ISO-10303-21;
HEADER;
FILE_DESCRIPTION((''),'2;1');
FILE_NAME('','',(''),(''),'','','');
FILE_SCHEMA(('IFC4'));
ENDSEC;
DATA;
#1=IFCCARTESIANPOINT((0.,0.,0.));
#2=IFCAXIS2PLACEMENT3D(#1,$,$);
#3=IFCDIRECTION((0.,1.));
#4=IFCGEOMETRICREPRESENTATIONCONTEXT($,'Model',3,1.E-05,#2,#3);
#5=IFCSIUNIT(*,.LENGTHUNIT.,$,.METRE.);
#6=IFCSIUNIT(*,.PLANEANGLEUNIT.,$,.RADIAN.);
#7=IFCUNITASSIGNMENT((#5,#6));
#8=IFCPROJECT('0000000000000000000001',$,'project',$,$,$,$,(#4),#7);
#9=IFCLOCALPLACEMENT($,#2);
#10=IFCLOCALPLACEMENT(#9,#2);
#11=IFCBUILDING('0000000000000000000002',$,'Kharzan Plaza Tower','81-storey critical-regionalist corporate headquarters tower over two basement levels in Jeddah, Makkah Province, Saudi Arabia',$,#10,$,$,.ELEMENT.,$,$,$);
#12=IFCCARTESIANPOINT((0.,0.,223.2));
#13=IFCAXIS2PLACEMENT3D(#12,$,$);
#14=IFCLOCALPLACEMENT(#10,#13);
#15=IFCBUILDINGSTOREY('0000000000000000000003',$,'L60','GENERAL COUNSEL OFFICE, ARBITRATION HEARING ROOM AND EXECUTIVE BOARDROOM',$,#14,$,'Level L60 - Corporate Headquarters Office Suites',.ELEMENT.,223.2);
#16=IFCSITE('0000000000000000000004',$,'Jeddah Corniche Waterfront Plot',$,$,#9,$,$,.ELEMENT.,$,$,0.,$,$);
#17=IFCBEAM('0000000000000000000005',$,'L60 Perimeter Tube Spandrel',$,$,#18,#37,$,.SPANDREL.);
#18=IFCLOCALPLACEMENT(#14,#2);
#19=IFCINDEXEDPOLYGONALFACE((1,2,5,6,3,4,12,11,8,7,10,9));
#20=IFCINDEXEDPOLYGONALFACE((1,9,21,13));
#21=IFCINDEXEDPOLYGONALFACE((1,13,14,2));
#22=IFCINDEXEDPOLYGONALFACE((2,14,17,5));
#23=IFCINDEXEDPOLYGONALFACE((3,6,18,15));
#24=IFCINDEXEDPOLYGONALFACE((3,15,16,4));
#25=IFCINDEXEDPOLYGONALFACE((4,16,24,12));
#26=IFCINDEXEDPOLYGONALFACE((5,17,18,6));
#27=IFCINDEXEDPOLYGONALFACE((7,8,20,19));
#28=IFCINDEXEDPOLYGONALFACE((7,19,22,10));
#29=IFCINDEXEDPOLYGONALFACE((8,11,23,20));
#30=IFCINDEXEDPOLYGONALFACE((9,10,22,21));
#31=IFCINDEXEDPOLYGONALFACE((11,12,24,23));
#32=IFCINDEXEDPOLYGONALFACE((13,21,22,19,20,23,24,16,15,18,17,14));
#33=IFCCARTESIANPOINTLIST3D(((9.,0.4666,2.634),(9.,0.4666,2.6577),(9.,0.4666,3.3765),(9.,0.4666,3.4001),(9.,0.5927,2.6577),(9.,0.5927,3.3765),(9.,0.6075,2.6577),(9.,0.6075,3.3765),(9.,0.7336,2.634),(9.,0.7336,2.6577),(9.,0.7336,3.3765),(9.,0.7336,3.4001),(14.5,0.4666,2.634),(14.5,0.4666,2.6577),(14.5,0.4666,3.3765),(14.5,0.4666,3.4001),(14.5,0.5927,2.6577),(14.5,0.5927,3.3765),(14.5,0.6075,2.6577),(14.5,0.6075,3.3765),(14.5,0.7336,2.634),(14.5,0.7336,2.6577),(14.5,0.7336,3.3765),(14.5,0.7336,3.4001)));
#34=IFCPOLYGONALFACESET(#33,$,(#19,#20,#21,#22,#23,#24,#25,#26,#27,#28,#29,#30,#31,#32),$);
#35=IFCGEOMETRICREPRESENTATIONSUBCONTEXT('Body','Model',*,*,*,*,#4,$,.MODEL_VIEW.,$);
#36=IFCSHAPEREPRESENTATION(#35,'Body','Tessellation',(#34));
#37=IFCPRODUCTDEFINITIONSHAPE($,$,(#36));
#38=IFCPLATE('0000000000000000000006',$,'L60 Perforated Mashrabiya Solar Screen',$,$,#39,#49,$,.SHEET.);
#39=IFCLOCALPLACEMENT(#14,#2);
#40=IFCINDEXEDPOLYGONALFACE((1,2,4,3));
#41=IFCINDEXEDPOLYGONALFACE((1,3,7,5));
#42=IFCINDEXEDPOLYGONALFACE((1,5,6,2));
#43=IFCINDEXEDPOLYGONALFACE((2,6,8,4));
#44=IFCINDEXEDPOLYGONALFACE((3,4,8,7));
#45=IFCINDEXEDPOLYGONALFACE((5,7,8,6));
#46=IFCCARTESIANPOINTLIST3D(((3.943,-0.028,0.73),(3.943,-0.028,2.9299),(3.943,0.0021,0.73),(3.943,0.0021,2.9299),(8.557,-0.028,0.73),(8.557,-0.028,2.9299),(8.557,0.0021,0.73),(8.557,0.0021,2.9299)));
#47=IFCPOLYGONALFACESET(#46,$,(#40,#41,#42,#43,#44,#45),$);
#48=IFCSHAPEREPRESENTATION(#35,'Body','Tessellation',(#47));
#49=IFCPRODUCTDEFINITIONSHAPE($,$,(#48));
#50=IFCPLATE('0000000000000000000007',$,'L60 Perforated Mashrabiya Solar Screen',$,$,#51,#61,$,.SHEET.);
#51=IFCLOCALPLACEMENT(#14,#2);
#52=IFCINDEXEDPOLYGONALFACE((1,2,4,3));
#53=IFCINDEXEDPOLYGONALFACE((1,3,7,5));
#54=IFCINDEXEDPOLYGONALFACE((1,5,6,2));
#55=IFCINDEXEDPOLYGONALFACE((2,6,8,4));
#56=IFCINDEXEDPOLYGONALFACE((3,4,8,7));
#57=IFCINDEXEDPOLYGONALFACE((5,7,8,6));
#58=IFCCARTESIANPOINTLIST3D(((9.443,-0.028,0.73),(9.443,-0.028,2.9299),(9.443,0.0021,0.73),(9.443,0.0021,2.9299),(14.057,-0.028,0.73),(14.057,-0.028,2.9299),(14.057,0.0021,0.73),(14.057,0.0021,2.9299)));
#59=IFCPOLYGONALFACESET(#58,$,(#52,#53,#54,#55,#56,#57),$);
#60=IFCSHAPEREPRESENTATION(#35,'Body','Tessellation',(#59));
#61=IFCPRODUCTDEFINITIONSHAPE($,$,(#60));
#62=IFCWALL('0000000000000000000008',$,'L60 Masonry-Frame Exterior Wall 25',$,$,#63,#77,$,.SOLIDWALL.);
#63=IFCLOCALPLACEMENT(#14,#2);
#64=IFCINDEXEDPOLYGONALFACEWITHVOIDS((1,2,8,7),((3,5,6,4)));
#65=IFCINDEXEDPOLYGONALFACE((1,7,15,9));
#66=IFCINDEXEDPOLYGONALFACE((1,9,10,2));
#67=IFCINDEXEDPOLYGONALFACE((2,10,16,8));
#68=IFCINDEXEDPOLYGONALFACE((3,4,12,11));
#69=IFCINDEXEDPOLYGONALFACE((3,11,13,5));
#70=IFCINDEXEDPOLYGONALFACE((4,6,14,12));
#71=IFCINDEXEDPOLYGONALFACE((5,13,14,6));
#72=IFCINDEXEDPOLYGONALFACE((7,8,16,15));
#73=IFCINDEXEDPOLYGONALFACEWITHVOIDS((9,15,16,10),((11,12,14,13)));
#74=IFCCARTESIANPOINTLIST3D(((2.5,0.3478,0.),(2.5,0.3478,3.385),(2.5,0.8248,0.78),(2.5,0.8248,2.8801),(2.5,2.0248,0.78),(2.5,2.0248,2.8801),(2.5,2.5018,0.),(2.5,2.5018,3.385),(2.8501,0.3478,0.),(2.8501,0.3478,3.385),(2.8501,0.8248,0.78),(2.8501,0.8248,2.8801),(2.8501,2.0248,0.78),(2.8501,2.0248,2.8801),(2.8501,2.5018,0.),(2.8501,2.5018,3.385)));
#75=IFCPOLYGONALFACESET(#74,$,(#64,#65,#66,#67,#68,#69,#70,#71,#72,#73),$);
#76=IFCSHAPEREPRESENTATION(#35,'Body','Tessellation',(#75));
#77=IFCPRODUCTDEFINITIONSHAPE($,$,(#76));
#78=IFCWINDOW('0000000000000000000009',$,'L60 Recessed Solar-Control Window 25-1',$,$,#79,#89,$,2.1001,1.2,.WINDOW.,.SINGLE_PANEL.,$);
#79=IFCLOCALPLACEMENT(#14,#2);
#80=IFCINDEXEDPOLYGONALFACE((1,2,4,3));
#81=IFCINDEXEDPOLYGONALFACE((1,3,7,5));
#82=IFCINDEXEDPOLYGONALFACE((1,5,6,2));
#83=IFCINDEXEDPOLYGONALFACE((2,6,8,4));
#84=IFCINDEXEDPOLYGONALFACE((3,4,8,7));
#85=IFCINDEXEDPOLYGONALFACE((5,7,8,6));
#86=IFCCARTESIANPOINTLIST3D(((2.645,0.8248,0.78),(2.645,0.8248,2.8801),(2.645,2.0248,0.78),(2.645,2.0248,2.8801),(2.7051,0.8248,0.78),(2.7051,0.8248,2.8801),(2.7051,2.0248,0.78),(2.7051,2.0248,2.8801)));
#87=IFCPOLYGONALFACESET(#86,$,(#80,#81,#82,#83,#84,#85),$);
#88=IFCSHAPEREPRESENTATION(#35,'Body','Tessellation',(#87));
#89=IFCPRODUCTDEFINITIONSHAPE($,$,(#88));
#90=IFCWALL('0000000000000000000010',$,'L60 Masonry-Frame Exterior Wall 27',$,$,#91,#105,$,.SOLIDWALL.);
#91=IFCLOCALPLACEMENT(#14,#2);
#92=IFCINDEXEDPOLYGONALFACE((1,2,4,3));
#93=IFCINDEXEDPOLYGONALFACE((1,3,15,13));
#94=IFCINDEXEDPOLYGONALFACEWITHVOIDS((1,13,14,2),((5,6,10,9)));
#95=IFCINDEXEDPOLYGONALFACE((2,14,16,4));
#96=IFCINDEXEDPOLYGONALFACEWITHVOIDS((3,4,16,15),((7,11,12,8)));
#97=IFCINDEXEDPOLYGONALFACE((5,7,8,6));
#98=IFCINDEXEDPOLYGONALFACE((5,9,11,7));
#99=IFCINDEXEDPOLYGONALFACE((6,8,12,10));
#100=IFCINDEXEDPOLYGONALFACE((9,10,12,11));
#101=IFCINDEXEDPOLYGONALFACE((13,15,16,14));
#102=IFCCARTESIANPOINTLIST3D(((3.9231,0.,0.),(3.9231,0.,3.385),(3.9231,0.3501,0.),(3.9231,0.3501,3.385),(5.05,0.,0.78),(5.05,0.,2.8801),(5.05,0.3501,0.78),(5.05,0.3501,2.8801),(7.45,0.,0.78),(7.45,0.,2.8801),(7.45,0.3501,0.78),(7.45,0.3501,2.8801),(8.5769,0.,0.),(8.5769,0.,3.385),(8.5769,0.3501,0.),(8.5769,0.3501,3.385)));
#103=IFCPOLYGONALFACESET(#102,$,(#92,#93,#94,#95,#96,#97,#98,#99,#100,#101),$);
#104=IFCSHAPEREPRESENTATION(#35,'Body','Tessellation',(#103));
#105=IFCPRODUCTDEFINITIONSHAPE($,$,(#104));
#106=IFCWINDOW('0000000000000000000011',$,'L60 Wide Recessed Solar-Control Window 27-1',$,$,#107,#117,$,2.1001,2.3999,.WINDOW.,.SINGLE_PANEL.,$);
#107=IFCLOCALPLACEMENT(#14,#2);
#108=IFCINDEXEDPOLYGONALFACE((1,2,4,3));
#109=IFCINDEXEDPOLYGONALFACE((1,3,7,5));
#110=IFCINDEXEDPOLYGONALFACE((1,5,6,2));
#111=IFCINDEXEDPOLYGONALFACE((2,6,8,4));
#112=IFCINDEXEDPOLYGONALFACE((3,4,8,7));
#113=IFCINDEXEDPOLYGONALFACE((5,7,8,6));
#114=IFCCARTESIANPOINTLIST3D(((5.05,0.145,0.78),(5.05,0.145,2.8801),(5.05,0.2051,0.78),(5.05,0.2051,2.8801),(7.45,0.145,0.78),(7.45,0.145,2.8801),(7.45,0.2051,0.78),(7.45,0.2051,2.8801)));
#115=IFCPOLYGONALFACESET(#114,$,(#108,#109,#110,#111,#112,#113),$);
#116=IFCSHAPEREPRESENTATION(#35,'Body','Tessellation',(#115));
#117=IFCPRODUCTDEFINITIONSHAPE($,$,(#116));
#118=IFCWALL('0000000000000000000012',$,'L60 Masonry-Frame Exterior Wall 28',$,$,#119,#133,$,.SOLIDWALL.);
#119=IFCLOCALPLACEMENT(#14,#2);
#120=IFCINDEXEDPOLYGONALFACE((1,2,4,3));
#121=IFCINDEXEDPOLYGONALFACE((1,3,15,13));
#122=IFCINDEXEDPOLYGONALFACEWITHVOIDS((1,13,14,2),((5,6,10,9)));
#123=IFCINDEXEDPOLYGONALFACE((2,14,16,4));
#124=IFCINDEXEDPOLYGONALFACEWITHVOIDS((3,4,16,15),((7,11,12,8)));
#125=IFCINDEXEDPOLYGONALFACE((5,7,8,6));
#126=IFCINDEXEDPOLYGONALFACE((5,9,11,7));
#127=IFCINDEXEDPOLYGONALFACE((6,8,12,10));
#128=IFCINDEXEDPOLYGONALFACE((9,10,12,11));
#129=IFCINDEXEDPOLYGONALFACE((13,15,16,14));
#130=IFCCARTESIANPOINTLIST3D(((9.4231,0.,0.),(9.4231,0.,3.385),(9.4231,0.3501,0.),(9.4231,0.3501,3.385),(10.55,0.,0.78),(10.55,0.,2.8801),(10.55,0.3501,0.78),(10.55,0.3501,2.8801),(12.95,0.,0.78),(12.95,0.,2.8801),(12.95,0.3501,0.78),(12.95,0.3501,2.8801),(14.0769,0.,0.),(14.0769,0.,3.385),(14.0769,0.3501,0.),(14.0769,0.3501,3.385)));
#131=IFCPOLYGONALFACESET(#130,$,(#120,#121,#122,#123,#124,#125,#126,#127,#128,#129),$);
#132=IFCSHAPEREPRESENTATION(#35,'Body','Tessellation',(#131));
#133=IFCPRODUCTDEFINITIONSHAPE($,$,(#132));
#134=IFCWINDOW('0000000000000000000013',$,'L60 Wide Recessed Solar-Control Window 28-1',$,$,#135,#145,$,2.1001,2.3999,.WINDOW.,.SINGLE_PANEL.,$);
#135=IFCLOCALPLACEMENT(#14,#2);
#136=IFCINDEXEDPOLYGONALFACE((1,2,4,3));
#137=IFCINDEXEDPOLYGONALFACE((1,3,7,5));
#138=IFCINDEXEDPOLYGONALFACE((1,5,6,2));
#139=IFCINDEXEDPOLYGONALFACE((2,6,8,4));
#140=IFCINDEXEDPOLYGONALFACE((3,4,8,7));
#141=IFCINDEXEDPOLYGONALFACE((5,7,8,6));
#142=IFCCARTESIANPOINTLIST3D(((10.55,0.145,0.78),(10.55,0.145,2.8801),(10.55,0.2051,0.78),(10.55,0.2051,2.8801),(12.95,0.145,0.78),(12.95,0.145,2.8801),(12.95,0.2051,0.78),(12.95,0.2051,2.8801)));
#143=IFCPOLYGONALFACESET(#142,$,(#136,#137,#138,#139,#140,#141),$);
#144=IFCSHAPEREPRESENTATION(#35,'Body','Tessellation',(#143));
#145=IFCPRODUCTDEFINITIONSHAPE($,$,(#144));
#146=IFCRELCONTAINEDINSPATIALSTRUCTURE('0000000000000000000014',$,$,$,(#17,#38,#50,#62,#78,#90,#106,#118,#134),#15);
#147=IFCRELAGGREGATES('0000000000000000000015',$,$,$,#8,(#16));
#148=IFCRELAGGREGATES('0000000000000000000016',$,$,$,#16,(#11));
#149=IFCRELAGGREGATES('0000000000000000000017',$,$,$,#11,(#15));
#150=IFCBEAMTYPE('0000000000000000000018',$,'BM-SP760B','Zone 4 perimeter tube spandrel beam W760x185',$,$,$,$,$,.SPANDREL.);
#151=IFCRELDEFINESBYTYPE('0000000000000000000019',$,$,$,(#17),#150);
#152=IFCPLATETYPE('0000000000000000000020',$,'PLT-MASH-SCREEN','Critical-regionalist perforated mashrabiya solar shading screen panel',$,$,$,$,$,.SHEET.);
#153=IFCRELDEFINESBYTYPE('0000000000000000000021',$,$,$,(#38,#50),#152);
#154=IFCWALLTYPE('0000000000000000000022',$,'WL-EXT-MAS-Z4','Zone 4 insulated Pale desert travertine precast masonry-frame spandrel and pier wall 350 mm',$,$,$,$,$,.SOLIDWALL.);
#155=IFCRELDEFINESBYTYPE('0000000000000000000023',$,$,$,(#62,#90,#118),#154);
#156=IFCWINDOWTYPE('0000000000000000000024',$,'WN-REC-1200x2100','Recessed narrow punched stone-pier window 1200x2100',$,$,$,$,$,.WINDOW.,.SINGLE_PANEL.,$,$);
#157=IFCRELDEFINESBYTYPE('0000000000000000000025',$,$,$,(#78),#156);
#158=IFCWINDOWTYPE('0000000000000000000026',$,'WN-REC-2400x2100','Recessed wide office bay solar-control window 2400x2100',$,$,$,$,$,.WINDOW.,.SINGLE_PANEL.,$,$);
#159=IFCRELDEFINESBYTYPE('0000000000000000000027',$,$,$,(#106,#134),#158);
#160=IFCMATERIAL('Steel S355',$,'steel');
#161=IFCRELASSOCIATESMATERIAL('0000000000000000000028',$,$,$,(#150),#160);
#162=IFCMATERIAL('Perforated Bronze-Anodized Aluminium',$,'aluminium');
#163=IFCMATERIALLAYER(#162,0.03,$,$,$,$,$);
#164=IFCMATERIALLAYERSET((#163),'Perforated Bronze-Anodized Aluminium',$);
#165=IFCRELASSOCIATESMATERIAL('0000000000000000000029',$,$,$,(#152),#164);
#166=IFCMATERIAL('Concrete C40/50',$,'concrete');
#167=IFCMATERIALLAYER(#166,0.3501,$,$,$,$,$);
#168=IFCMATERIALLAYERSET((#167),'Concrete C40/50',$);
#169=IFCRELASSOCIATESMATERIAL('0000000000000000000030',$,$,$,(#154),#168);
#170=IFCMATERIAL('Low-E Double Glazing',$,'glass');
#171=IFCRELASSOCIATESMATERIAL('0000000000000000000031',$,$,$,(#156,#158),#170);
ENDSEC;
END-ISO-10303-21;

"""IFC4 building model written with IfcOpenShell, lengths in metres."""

from ifc_helpers import new_model, si_unit, direction, frame, frame_2d, origin, origin_2d, place, context, subcontext, project, spatial, rectangle, i_section, extrude, source, transform, mapped, material, layer, layer_set, material_profile, profile_set, type_object, element, fill, save


model = new_model("IFC4")

# Units and contexts
model_context = context("Model", 3, precision=1e-05, world=origin(), true_north=direction((0.0, 1.0)))
body_context = subcontext(model_context, "Body", "Model", "MODEL_VIEW")
ifc_project = project(units=[si_unit("LENGTHUNIT", "METRE"), si_unit("PLANEANGLEUNIT", "RADIAN")], contexts=[model_context])

# Site, building, storey
site_placement = place(None, origin())
site = spatial("IfcSite", under=ifc_project, at=site_placement, Name="Jeddah Corniche Waterfront Plot", CompositionType="ELEMENT", RefElevation=0.0)
building_placement = place(site_placement, origin())
building = spatial("IfcBuilding", under=site, at=building_placement, Name="Kharzan Plaza Tower", Description="81-storey critical-regionalist corporate headquarters tower over two basement levels in Jeddah, Makkah Province, Saudi Arabia", CompositionType="ELEMENT")
storey_placement = place(building_placement, frame((0.0, 0.0, 223.2)))
storey = spatial("IfcBuildingStorey", under=building, at=storey_placement, Name="L60", Description="GENERAL COUNSEL OFFICE, ARBITRATION HEARING ROOM AND EXECUTIVE BOARDROOM", LongName="Level L60 - Corporate Headquarters Office Suites", CompositionType="ELEMENT", Elevation=223.2)

# Beam
ifc_material_1 = material(Name="Steel S355", Category="steel")
ifc_material_profile_1 = material_profile(ifc_material_1, i_section(OverallWidth=0.2671, OverallDepth=0.7661, WebThickness=0.0149, FlangeThickness=0.0237, at=origin_2d()), Name="W760x185")
ifc_profile_set_1 = profile_set([ifc_material_profile_1], Name="Steel S355")
beam_type_1 = type_object("IfcBeamType", Name="BM-SP760B", Description="Zone 4 perimeter tube spandrel beam W760x185", PredefinedType="SPANDREL", material=ifc_profile_set_1)
shared_shape_1 = source(origin(), body_context, "Body", "SweptSolid", [
    extrude(i_section(OverallWidth=0.2671, OverallDepth=0.7661, WebThickness=0.0149, FlangeThickness=0.0237, at=origin_2d()), origin(), (0.0, 0.0, 1.0), 5.5),
])
for number, where, z_axis, x_axis, name in (
    (1, (9.0, 0.6001, 3.0171), (1.0, 0.0, 0.0), (0.0, 1.0, 0.0), "L60 Perimeter Tube Spandrel"),
):
    element("IfcBeam", number, at=place(storey_placement, frame(where, z_axis=z_axis, x_axis=x_axis)), inside=storey, type_object=beam_type_1, Name=name, PredefinedType="SPANDREL", context=body_context, shape_type="MappedRepresentation", body=[
        mapped(shared_shape_1, transform((0.0, 0.0, 0.0), x_axis=(1.0, 0.0, 0.0), y_axis=(0.0, 1.0, 0.0), z_axis=(0.0, 0.0, 1.0))),
    ])

# Plates
ifc_material_2 = material(Name="Perforated Bronze-Anodized Aluminium", Category="aluminium")
ifc_layer_1 = layer(ifc_material_2, 0.03)
ifc_layer_set_1 = layer_set([ifc_layer_1], Name="Perforated Bronze-Anodized Aluminium")
plate_type = type_object("IfcPlateType", Name="PLT-MASH-SCREEN", Description="Critical-regionalist perforated mashrabiya solar shading screen panel", PredefinedType="SHEET", material=ifc_layer_set_1)
shared_shape_2 = source(origin(), body_context, "Body", "SweptSolid", [
    extrude(rectangle(XDim=4.614, YDim=0.03, at=origin_2d()), origin(), (0.0, 0.0, 1.0), 2.2),
])
for number, where, z_axis, x_axis, name in (
    (2, (6.25, -0.0129, 0.73), (0.0, 0.0, 1.0), (1.0, 0.0, 0.0), "L60 Perforated Mashrabiya Solar Screen"),
    (3, (11.75, -0.0129, 0.73), (0.0, 0.0, 1.0), (1.0, 0.0, 0.0), "L60 Perforated Mashrabiya Solar Screen"),
):
    element("IfcPlate", number, at=place(storey_placement, frame(where, z_axis=z_axis, x_axis=x_axis)), inside=storey, type_object=plate_type, Name=name, PredefinedType="SHEET", context=body_context, shape_type="MappedRepresentation", body=[
        mapped(shared_shape_2, transform((0.0, 0.0, 0.0), x_axis=(1.0, 0.0, 0.0), y_axis=(0.0, 1.0, 0.0), z_axis=(0.0, 0.0, 1.0))),
    ])

# Walls, openings, windows
ifc_material_3 = material(Name="Concrete C40/50", Category="concrete")
ifc_layer_2 = layer(ifc_material_3, 0.3501)
ifc_layer_set_2 = layer_set([ifc_layer_2], Name="Concrete C40/50")
wall_type_1 = type_object("IfcWallType", Name="WL-EXT-MAS-Z4", Description="Zone 4 insulated Pale desert travertine precast masonry-frame spandrel and pier wall 350 mm", PredefinedType="SOLIDWALL", material=ifc_layer_set_2)
wall_1_placement = place(storey_placement, frame((2.675, 2.502, 0.0), z_axis=(0.0, 0.0, 1.0), x_axis=(0.0, -1.0, 0.0)))
wall_1 = element("IfcWall", 4, at=wall_1_placement, inside=storey, type_object=wall_type_1, Name="L60 Masonry-Frame Exterior Wall 25", PredefinedType="SOLIDWALL", context=body_context, shape_type="SweptSolid", body=[
    extrude(rectangle(XDim=2.1541, YDim=0.3501, at=frame_2d((1.0771, 0.0))), origin(), (0.0, 0.0, 1.0), 3.385),
])
opening_1_placement = place(wall_1_placement, frame((0.4771, 0.0, 0.78)))
opening_1 = element("IfcOpeningElement", 5, at=opening_1_placement, cuts=wall_1, PredefinedType="OPENING", context=body_context, shape_type="SweptSolid", body=[
    extrude(rectangle(XDim=1.2, YDim=2.1001, at=frame_2d((0.6001, 1.05))), frame((0.0, 0.1851, 0.0), z_axis=(0.0, -1.0, 0.0), x_axis=(1.0, 0.0, 0.0)), (0.0, 0.0, 1.0), 0.3701),
])
ifc_material_4 = material(Name="Low-E Double Glazing", Category="glass")
window_type_1 = type_object("IfcWindowType", Name="WN-REC-1200x2100", Description="Recessed narrow punched stone-pier window 1200x2100", PartitioningType="SINGLE_PANEL", PredefinedType="WINDOW", material=ifc_material_4)
shared_shape_3 = source(origin(), body_context, "Body", "SweptSolid", [
    extrude(rectangle(XDim=1.2, YDim=2.1001, at=frame_2d((0.6001, 1.05))), frame((0.0, 0.03, 0.0), z_axis=(0.0, -1.0, 0.0), x_axis=(1.0, 0.0, 0.0)), (0.0, 0.0, 1.0), 0.0601),
])
window_1_placement = place(opening_1_placement, origin())
window_1 = element("IfcWindow", 6, at=window_1_placement, inside=storey, type_object=window_type_1, Name="L60 Recessed Solar-Control Window 25-1", OverallHeight=2.1001, OverallWidth=1.2, PartitioningType="SINGLE_PANEL", PredefinedType="WINDOW", context=body_context, shape_type="MappedRepresentation", body=[
    mapped(shared_shape_3, transform((0.0, 0.0, 0.0), x_axis=(1.0, 0.0, 0.0), y_axis=(0.0, 1.0, 0.0), z_axis=(0.0, 0.0, 1.0))),
])
fill(opening_1, window_1)
wall_2_placement = place(storey_placement, frame((3.9231, 0.175, 0.0), z_axis=(0.0, 0.0, 1.0), x_axis=(1.0, 0.0, 0.0)))
wall_2 = element("IfcWall", 7, at=wall_2_placement, inside=storey, type_object=wall_type_1, Name="L60 Masonry-Frame Exterior Wall 27", PredefinedType="SOLIDWALL", context=body_context, shape_type="SweptSolid", body=[
    extrude(rectangle(XDim=4.6538, YDim=0.3501, at=frame_2d((2.3269, 0.0))), origin(), (0.0, 0.0, 1.0), 3.385),
])
opening_2_placement = place(wall_2_placement, frame((1.127, 0.0, 0.78)))
opening_2 = element("IfcOpeningElement", 8, at=opening_2_placement, cuts=wall_2, PredefinedType="OPENING", context=body_context, shape_type="SweptSolid", body=[
    extrude(rectangle(XDim=2.3999, YDim=2.1001, at=frame_2d((1.2, 1.05))), frame((0.0, 0.1851, 0.0), z_axis=(0.0, -1.0, 0.0), x_axis=(1.0, 0.0, 0.0)), (0.0, 0.0, 1.0), 0.3701),
])
window_type_2 = type_object("IfcWindowType", Name="WN-REC-2400x2100", Description="Recessed wide office bay solar-control window 2400x2100", PartitioningType="SINGLE_PANEL", PredefinedType="WINDOW", material=ifc_material_4)
shared_shape_4 = source(origin(), body_context, "Body", "SweptSolid", [
    extrude(rectangle(XDim=2.3999, YDim=2.1001, at=frame_2d((1.2, 1.05))), frame((0.0, 0.03, 0.0), z_axis=(0.0, -1.0, 0.0), x_axis=(1.0, 0.0, 0.0)), (0.0, 0.0, 1.0), 0.0601),
])
window_2_placement = place(opening_2_placement, origin())
window_2 = element("IfcWindow", 9, at=window_2_placement, inside=storey, type_object=window_type_2, Name="L60 Wide Recessed Solar-Control Window 27-1", OverallHeight=2.1001, OverallWidth=2.3999, PartitioningType="SINGLE_PANEL", PredefinedType="WINDOW", context=body_context, shape_type="MappedRepresentation", body=[
    mapped(shared_shape_4, transform((0.0, 0.0, 0.0), x_axis=(1.0, 0.0, 0.0), y_axis=(0.0, 1.0, 0.0), z_axis=(0.0, 0.0, 1.0))),
])
fill(opening_2, window_2)
wall_3_placement = place(storey_placement, frame((9.4231, 0.175, 0.0), z_axis=(0.0, 0.0, 1.0), x_axis=(1.0, 0.0, 0.0)))
wall_3 = element("IfcWall", 10, at=wall_3_placement, inside=storey, type_object=wall_type_1, Name="L60 Masonry-Frame Exterior Wall 28", PredefinedType="SOLIDWALL", context=body_context, shape_type="SweptSolid", body=[
    extrude(rectangle(XDim=4.6538, YDim=0.3501, at=frame_2d((2.3269, 0.0))), origin(), (0.0, 0.0, 1.0), 3.385),
])
opening_3_placement = place(wall_3_placement, frame((1.127, 0.0, 0.78)))
opening_3 = element("IfcOpeningElement", 11, at=opening_3_placement, cuts=wall_3, PredefinedType="OPENING", context=body_context, shape_type="SweptSolid", body=[
    extrude(rectangle(XDim=2.3999, YDim=2.1001, at=frame_2d((1.2, 1.05))), frame((0.0, 0.1851, 0.0), z_axis=(0.0, -1.0, 0.0), x_axis=(1.0, 0.0, 0.0)), (0.0, 0.0, 1.0), 0.3701),
])
window_3_placement = place(opening_3_placement, origin())
window_3 = element("IfcWindow", 12, at=window_3_placement, inside=storey, type_object=window_type_2, Name="L60 Wide Recessed Solar-Control Window 28-1", OverallHeight=2.1001, OverallWidth=2.3999, PartitioningType="SINGLE_PANEL", PredefinedType="WINDOW", context=body_context, shape_type="MappedRepresentation", body=[
    mapped(shared_shape_4, transform((0.0, 0.0, 0.0), x_axis=(1.0, 0.0, 0.0), y_axis=(0.0, 1.0, 0.0), z_axis=(0.0, 0.0, 1.0))),
])
fill(opening_3, window_3)

save(model, "model.ifc")
